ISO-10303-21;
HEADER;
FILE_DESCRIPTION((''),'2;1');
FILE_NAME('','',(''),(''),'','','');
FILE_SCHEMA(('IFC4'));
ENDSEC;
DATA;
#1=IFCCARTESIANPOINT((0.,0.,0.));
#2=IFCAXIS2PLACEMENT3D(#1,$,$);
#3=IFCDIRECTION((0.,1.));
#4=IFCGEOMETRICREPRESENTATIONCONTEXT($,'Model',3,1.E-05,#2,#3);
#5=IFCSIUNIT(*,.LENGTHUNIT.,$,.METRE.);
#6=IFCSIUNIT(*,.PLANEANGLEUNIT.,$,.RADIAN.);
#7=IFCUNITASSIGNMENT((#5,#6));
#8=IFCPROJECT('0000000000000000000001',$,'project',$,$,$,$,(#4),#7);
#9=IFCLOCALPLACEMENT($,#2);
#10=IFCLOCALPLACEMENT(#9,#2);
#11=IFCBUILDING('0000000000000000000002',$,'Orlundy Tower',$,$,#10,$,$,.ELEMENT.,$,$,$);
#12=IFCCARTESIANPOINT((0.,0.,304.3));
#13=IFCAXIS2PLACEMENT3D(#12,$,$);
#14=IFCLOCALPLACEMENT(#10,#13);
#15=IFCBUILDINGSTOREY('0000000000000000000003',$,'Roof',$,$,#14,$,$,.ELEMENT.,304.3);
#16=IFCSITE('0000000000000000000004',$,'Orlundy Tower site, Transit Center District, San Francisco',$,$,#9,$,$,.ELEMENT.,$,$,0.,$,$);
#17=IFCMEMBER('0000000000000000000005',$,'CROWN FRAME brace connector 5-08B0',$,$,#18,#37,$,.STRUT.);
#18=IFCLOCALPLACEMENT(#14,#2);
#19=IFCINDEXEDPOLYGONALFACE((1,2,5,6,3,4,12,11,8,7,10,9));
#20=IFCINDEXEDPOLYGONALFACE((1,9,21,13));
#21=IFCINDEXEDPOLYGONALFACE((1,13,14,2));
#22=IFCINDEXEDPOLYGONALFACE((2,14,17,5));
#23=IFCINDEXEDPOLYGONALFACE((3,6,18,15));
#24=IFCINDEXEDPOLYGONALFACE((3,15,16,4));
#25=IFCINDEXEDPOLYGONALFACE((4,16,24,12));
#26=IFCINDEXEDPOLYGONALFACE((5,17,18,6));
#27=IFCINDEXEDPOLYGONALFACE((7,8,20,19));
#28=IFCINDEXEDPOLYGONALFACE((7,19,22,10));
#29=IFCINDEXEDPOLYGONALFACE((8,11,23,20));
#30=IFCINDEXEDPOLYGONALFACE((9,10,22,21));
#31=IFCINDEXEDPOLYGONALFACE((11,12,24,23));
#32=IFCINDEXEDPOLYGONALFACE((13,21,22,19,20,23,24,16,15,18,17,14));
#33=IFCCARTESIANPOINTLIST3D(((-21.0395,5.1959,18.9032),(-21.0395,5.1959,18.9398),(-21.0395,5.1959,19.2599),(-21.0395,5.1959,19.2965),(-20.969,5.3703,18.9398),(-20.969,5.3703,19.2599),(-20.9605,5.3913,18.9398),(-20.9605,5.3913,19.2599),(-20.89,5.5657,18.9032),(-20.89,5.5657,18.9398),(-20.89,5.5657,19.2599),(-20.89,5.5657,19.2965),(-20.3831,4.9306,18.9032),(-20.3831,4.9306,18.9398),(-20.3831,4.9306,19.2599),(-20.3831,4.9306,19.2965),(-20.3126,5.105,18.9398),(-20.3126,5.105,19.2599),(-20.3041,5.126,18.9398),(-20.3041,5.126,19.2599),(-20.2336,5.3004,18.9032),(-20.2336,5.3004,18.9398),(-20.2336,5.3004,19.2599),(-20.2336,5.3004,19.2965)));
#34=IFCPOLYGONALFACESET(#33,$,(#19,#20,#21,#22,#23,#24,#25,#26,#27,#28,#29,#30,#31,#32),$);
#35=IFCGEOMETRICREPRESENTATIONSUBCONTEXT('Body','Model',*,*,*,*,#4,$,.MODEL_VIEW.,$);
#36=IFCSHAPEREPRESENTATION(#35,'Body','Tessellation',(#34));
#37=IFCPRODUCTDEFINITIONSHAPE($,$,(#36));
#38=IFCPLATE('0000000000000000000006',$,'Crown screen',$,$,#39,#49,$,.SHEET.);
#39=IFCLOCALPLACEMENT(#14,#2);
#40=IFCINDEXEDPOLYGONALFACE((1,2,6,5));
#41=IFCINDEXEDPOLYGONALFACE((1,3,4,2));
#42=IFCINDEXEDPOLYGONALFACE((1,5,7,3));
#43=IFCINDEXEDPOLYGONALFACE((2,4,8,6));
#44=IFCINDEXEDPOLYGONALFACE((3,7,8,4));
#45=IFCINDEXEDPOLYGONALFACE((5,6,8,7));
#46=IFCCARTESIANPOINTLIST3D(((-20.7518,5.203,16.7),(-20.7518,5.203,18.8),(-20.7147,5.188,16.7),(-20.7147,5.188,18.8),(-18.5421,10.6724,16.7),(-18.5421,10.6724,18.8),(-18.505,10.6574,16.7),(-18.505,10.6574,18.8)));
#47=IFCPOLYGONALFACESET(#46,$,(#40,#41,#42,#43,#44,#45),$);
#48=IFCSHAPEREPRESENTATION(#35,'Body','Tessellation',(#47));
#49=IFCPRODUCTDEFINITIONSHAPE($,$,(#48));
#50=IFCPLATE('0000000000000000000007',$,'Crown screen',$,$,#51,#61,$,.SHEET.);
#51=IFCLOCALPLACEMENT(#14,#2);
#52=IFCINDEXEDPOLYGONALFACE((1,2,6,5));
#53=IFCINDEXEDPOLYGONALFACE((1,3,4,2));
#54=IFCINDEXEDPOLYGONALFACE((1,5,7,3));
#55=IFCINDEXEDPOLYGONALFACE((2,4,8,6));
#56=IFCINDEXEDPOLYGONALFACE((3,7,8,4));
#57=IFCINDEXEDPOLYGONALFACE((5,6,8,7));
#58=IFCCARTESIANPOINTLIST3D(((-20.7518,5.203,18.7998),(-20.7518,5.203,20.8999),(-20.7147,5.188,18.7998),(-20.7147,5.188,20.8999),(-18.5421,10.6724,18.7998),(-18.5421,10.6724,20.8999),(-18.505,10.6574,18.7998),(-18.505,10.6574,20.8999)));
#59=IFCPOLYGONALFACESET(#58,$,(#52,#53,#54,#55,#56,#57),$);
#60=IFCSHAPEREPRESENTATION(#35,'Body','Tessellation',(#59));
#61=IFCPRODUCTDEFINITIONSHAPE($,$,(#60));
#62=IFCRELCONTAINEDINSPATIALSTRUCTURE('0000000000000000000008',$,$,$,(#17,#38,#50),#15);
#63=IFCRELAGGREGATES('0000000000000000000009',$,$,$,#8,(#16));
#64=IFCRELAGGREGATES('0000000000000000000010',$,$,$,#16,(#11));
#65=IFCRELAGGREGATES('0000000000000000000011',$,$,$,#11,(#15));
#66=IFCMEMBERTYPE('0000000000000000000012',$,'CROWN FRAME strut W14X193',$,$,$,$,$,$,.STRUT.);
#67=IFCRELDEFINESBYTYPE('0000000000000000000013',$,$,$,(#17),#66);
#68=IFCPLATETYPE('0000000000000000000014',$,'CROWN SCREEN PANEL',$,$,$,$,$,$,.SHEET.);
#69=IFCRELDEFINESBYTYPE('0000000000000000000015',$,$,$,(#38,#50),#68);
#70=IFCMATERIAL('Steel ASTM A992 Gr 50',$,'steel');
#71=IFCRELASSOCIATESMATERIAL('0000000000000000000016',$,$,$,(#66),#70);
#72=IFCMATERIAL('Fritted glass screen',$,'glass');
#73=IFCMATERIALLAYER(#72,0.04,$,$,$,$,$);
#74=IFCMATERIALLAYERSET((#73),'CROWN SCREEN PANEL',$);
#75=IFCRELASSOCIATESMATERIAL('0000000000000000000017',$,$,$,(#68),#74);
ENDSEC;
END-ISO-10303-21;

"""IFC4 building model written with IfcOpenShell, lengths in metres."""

from ifc_helpers import new_model, si_unit, direction, frame, origin, origin_2d, place, context, subcontext, project, spatial, rectangle, i_section, extrude, material, layer, layer_set, material_profile, profile_set, type_object, element, save


model = new_model("IFC4")

# Units and contexts
model_context = context("Model", 3, precision=1e-05, world=origin(), true_north=direction((0.0, 1.0)))
body_context = subcontext(model_context, "Body", "Model", "MODEL_VIEW")
ifc_project = project(units=[si_unit("LENGTHUNIT", "METRE"), si_unit("PLANEANGLEUNIT", "RADIAN")], contexts=[model_context])

# Site, building, storey
site_placement = place(None, origin())
site = spatial("IfcSite", under=ifc_project, at=site_placement, Name="Orlundy Tower site, Transit Center District, San Francisco", CompositionType="ELEMENT", RefElevation=0.0)
building_placement = place(site_placement, origin())
building = spatial("IfcBuilding", under=site, at=building_placement, Name="Orlundy Tower", CompositionType="ELEMENT")
storey_placement = place(building_placement, frame((0.0, 0.0, 304.3)))
storey = spatial("IfcBuildingStorey", under=building, at=storey_placement, Name="Roof", CompositionType="ELEMENT", Elevation=304.3)

# Member
ifc_material_1 = material(Name="Steel ASTM A992 Gr 50", Category="steel")
ifc_material_profile_1 = material_profile(ifc_material_1, i_section(OverallWidth=0.3989, OverallDepth=0.3933, WebThickness=0.0227, FlangeThickness=0.0366, at=origin_2d()), Name="W14X193")
ifc_profile_set_1 = profile_set([ifc_material_profile_1], Name="Steel ASTM A992 Gr 50")
member_type = type_object("IfcMemberType", Name="CROWN FRAME strut W14X193", PredefinedType="STRUT", material=ifc_profile_set_1)
for number, where, z_axis, x_axis, name in (
    (1, (-20.3083, 5.1155, 19.0999), (-0.927115, 0.374777, 0.0), (-0.374777, -0.927115, 0.0), "CROWN FRAME brace connector 5-08B0"),
):
    element("IfcMember", number, at=place(storey_placement, frame(where, z_axis=z_axis, x_axis=x_axis)), inside=storey, type_object=member_type, Name=name, PredefinedType="STRUT", context=body_context, shape_type="SweptSolid", body=[
        extrude(i_section(OverallWidth=0.3989, OverallDepth=0.3933, WebThickness=0.0227, FlangeThickness=0.0366, at=origin_2d()), origin(), (0.0, 0.0, 1.0), 0.708),
    ])

# Plates
ifc_material_2 = material(Name="Fritted glass screen", Category="glass")
ifc_layer = layer(ifc_material_2, 0.04)
ifc_layer_set = layer_set([ifc_layer], Name="CROWN SCREEN PANEL")
plate_type = type_object("IfcPlateType", Name="CROWN SCREEN PANEL", PredefinedType="SHEET", material=ifc_layer_set)
for number, where, z_axis, x_axis, name in (
    (2, (-19.6284, 7.9302, 16.7), (0.0, 0.0, 1.0), (-0.374597, -0.927188, 0.0), "Crown screen"),
    (3, (-19.6284, 7.9302, 18.7998), (0.0, 0.0, 1.0), (-0.374597, -0.927188, 0.0), "Crown screen"),
):
    element("IfcPlate", number, at=place(storey_placement, frame(where, z_axis=z_axis, x_axis=x_axis)), inside=storey, type_object=plate_type, Name=name, PredefinedType="SHEET", context=body_context, shape_type="SweptSolid", body=[
        extrude(rectangle(XDim=5.8989, YDim=0.04, at=origin_2d()), origin(), (0.0, 0.0, 1.0), 2.1001),
    ])

save(model, "model.ifc")
